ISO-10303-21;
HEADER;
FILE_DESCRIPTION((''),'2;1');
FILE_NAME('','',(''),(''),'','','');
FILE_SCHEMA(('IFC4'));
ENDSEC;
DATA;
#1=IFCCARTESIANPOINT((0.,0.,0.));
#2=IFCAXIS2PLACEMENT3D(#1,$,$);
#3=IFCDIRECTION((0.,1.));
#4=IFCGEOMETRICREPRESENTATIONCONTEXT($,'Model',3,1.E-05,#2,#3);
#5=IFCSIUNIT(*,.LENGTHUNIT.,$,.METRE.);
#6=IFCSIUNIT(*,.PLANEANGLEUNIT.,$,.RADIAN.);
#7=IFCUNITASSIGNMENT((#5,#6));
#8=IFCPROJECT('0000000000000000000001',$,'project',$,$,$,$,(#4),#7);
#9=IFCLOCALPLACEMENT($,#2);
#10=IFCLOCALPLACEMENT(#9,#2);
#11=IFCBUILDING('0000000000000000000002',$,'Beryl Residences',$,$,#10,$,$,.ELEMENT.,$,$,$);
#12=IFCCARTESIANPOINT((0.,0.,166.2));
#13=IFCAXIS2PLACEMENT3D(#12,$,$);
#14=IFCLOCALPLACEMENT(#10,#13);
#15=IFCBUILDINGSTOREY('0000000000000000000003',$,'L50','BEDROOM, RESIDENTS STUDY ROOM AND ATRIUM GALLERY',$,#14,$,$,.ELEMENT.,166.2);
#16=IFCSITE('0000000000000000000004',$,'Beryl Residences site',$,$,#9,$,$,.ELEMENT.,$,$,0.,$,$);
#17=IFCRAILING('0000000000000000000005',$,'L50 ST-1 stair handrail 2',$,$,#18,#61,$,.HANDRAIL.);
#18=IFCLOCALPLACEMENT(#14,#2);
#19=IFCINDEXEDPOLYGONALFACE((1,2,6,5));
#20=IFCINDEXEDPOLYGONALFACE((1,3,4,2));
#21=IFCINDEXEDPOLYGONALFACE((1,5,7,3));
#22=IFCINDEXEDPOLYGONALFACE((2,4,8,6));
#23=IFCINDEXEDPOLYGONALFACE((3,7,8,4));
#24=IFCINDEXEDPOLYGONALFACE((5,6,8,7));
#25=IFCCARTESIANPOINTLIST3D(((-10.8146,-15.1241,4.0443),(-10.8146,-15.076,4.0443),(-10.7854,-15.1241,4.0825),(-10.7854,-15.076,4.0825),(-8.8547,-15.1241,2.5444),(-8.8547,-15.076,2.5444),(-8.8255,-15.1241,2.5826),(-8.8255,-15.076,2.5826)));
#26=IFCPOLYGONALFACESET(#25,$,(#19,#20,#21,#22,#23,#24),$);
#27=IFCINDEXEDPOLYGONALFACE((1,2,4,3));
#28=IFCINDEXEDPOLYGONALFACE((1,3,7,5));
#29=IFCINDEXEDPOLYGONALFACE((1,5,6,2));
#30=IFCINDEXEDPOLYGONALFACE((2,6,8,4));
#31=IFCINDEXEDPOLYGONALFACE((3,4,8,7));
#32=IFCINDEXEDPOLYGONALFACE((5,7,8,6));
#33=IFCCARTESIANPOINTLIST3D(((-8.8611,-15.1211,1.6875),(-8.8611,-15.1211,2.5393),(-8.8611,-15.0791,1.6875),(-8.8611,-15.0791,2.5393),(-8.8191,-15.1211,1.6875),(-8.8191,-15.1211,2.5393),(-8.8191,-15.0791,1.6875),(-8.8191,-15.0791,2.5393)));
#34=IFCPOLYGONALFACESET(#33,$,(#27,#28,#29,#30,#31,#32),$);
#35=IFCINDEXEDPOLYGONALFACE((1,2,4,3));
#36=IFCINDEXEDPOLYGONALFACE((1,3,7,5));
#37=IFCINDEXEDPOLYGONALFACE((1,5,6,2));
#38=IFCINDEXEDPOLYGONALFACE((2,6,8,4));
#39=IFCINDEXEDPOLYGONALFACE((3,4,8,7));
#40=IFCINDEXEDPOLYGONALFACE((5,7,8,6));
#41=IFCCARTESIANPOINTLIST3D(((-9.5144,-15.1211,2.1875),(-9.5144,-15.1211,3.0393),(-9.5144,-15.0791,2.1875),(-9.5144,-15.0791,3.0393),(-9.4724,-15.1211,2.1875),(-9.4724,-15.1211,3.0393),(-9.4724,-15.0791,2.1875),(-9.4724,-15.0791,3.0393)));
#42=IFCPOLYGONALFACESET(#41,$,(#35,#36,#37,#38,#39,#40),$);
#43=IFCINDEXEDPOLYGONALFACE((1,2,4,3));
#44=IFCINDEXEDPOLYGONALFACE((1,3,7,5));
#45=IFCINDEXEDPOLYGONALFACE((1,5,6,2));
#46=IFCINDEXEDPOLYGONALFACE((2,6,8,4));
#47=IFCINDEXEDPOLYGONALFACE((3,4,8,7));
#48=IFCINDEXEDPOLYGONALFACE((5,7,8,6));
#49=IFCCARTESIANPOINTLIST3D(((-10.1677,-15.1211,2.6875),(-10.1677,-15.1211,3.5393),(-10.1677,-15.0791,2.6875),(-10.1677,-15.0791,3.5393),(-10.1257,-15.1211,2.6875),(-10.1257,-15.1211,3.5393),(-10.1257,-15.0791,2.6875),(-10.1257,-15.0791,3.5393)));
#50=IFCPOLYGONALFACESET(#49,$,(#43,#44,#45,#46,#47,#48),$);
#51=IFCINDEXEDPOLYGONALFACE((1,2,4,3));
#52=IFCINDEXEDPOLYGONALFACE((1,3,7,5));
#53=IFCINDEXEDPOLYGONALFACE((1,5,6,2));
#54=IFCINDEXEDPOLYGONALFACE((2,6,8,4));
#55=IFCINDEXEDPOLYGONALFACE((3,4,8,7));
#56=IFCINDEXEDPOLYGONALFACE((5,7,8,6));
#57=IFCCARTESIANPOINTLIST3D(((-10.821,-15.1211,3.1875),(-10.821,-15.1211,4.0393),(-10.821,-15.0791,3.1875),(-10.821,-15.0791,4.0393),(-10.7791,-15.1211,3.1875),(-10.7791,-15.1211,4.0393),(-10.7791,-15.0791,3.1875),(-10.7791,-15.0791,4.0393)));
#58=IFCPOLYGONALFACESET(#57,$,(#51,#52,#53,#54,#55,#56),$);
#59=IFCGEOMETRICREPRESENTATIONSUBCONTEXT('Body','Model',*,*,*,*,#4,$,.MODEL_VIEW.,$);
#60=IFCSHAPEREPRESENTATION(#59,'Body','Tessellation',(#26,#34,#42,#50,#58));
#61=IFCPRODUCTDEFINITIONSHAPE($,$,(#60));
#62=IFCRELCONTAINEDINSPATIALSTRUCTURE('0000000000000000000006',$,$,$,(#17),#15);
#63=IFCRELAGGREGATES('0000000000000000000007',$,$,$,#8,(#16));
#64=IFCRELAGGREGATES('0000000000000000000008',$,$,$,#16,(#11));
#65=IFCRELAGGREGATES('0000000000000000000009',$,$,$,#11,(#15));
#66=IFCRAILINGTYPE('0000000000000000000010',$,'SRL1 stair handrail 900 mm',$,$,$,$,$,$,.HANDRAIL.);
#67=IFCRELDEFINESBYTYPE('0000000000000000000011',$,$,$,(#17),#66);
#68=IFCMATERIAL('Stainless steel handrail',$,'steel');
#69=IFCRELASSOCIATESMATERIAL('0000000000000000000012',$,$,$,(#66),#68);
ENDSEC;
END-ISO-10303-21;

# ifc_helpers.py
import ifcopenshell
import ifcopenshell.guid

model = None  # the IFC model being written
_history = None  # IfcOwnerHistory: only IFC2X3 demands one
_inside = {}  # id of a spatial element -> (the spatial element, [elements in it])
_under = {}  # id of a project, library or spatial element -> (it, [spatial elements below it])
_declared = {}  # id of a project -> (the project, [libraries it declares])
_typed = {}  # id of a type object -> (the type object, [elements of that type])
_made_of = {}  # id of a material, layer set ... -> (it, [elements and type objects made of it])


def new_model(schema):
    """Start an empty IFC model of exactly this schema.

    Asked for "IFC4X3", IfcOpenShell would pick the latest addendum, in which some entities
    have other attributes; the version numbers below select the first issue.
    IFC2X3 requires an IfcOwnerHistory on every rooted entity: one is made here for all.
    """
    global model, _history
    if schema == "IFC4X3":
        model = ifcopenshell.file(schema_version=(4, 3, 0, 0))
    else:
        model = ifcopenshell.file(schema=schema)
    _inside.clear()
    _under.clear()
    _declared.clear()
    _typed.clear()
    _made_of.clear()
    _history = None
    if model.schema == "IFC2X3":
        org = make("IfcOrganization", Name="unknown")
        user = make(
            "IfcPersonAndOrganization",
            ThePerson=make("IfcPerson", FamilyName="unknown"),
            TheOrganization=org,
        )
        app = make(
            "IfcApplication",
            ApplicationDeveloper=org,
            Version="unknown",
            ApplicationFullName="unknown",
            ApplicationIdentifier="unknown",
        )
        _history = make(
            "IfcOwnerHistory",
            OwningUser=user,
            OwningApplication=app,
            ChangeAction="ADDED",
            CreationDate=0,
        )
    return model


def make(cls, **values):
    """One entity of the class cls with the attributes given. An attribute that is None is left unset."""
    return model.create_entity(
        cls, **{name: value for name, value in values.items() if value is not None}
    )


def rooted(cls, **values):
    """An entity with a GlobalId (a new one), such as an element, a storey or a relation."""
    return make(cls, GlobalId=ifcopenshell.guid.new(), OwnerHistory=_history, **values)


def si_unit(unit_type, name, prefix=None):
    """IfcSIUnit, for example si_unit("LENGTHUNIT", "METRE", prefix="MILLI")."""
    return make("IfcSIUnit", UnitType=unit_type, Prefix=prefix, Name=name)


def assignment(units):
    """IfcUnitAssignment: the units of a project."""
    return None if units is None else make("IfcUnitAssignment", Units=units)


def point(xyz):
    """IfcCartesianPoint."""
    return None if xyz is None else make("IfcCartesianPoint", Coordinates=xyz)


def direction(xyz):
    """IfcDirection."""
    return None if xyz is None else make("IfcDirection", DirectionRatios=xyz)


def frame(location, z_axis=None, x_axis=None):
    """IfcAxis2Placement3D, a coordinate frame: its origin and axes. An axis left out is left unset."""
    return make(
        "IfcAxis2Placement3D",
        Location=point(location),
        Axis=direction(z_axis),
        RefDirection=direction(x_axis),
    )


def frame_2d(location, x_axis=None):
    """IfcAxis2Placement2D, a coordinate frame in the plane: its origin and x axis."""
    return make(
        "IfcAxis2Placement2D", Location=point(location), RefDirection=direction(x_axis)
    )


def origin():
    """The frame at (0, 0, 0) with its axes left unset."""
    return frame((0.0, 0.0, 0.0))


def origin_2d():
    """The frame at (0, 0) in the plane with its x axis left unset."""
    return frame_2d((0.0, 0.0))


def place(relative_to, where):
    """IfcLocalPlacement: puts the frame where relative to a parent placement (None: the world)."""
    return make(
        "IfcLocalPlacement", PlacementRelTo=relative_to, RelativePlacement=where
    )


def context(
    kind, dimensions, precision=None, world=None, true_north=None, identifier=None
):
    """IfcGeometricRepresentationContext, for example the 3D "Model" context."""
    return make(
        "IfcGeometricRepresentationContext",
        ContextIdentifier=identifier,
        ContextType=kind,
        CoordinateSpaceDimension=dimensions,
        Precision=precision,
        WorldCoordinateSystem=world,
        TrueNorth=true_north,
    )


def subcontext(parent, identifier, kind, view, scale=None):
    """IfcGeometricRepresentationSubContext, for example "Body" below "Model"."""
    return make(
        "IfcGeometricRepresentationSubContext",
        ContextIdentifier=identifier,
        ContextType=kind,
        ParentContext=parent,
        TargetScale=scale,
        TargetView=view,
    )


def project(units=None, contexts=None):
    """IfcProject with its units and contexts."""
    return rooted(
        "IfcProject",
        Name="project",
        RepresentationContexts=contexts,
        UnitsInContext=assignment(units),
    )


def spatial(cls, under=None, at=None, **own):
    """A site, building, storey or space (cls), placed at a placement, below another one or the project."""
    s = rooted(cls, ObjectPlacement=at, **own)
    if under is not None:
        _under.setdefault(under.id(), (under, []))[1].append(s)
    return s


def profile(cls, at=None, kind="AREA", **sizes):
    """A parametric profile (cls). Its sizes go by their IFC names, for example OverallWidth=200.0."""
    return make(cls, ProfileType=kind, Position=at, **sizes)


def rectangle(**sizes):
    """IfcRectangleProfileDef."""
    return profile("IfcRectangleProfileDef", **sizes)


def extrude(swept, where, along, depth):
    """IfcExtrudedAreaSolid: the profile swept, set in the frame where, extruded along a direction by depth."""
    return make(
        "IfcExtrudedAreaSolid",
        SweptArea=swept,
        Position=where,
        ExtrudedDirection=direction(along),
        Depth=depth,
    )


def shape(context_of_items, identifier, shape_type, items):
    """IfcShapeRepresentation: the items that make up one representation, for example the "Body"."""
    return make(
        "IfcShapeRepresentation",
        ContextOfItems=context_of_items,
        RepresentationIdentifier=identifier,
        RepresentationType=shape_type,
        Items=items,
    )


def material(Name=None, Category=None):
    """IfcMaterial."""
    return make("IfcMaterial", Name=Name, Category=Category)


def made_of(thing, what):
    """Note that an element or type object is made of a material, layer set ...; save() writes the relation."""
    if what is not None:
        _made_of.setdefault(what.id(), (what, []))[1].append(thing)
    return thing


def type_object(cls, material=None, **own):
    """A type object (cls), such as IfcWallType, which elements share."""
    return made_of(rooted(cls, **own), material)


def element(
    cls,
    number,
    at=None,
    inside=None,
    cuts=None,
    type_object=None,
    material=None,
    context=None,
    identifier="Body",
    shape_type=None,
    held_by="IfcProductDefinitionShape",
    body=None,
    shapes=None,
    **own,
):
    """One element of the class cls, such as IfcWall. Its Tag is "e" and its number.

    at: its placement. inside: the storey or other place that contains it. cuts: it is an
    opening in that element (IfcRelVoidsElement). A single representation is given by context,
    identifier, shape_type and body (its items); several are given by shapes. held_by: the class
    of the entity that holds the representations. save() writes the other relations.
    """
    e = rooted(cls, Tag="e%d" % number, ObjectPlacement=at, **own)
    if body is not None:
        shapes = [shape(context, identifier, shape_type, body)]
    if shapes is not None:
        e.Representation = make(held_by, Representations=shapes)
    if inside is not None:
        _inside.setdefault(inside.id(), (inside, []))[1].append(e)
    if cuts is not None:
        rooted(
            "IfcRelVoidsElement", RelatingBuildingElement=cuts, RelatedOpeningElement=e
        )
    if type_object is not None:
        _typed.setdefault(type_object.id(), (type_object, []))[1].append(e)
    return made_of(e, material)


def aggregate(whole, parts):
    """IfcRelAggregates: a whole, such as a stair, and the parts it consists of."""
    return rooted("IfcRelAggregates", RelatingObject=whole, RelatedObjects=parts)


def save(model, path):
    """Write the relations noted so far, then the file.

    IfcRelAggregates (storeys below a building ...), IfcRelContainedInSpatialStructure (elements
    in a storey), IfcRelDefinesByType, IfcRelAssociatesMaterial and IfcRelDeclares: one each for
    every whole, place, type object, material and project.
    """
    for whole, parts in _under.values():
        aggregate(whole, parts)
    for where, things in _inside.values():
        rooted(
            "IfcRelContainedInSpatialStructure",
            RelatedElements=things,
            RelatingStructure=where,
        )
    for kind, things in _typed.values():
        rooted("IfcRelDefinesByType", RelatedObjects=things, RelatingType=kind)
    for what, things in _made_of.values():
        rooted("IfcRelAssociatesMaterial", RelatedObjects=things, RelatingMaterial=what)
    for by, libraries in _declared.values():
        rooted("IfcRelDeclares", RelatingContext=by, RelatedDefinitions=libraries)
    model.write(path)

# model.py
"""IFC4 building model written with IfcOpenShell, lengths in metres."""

from ifc_helpers import new_model, si_unit, direction, frame, origin, origin_2d, place, context, subcontext, project, spatial, rectangle, extrude, material, type_object, element, save


model = new_model("IFC4")

# Units and contexts
model_context = context("Model", 3, precision=1e-05, world=origin(), true_north=direction((0.0, 1.0)))
body_context = subcontext(model_context, "Body", "Model", "MODEL_VIEW")
ifc_project = project(units=[si_unit("LENGTHUNIT", "METRE"), si_unit("PLANEANGLEUNIT", "RADIAN")], contexts=[model_context])

# Site, building, storey
site_placement = place(None, origin())
site = spatial("IfcSite", under=ifc_project, at=site_placement, Name="Beryl Residences site", CompositionType="ELEMENT", RefElevation=0.0)
building_placement = place(site_placement, origin())
building = spatial("IfcBuilding", under=site, at=building_placement, Name="Beryl Residences", CompositionType="ELEMENT")
storey_placement = place(building_placement, frame((0.0, 0.0, 166.2)))
storey = spatial("IfcBuildingStorey", under=building, at=storey_placement, Name="L50", Description="BEDROOM, RESIDENTS STUDY ROOM AND ATRIUM GALLERY", CompositionType="ELEMENT", Elevation=166.2)

# Railing
ifc_material_1 = material(Name="Stainless steel handrail", Category="steel")
railing_type_1 = type_object("IfcRailingType", Name="SRL1 stair handrail 900 mm", PredefinedType="HANDRAIL", material=ifc_material_1)
railing_1_placement = place(storey_placement, frame((-8.8401, -15.1001, 1.6875)))
element("IfcRailing", 1, at=railing_1_placement, inside=storey, type_object=railing_type_1, Name="L50 ST-1 stair handrail 2", PredefinedType="HANDRAIL", context=body_context, shape_type="SweptSolid", body=[
    extrude(rectangle(XDim=0.0481, YDim=0.0481, at=origin_2d()), frame((0.0, 0.0, 0.876), z_axis=(-0.794122, 0.0, 0.607758), x_axis=(0.0, -1.0, 0.0)), (0.0, 0.0, 1.0), 2.468),
    extrude(rectangle(XDim=0.042, YDim=0.042, at=origin_2d()), origin(), (0.0, 0.0, 1.0), 0.8518),
    extrude(rectangle(XDim=0.042, YDim=0.042, at=origin_2d()), frame((-0.6533, 0.0, 0.5)), (0.0, 0.0, 1.0), 0.8518),
    extrude(rectangle(XDim=0.042, YDim=0.042, at=origin_2d()), frame((-1.3066, 0.0, 1.0)), (0.0, 0.0, 1.0), 0.8518),
    extrude(rectangle(XDim=0.042, YDim=0.042, at=origin_2d()), frame((-1.96, 0.0, 1.5)), (0.0, 0.0, 1.0), 0.8518),
])

save(model, "model.ifc")
